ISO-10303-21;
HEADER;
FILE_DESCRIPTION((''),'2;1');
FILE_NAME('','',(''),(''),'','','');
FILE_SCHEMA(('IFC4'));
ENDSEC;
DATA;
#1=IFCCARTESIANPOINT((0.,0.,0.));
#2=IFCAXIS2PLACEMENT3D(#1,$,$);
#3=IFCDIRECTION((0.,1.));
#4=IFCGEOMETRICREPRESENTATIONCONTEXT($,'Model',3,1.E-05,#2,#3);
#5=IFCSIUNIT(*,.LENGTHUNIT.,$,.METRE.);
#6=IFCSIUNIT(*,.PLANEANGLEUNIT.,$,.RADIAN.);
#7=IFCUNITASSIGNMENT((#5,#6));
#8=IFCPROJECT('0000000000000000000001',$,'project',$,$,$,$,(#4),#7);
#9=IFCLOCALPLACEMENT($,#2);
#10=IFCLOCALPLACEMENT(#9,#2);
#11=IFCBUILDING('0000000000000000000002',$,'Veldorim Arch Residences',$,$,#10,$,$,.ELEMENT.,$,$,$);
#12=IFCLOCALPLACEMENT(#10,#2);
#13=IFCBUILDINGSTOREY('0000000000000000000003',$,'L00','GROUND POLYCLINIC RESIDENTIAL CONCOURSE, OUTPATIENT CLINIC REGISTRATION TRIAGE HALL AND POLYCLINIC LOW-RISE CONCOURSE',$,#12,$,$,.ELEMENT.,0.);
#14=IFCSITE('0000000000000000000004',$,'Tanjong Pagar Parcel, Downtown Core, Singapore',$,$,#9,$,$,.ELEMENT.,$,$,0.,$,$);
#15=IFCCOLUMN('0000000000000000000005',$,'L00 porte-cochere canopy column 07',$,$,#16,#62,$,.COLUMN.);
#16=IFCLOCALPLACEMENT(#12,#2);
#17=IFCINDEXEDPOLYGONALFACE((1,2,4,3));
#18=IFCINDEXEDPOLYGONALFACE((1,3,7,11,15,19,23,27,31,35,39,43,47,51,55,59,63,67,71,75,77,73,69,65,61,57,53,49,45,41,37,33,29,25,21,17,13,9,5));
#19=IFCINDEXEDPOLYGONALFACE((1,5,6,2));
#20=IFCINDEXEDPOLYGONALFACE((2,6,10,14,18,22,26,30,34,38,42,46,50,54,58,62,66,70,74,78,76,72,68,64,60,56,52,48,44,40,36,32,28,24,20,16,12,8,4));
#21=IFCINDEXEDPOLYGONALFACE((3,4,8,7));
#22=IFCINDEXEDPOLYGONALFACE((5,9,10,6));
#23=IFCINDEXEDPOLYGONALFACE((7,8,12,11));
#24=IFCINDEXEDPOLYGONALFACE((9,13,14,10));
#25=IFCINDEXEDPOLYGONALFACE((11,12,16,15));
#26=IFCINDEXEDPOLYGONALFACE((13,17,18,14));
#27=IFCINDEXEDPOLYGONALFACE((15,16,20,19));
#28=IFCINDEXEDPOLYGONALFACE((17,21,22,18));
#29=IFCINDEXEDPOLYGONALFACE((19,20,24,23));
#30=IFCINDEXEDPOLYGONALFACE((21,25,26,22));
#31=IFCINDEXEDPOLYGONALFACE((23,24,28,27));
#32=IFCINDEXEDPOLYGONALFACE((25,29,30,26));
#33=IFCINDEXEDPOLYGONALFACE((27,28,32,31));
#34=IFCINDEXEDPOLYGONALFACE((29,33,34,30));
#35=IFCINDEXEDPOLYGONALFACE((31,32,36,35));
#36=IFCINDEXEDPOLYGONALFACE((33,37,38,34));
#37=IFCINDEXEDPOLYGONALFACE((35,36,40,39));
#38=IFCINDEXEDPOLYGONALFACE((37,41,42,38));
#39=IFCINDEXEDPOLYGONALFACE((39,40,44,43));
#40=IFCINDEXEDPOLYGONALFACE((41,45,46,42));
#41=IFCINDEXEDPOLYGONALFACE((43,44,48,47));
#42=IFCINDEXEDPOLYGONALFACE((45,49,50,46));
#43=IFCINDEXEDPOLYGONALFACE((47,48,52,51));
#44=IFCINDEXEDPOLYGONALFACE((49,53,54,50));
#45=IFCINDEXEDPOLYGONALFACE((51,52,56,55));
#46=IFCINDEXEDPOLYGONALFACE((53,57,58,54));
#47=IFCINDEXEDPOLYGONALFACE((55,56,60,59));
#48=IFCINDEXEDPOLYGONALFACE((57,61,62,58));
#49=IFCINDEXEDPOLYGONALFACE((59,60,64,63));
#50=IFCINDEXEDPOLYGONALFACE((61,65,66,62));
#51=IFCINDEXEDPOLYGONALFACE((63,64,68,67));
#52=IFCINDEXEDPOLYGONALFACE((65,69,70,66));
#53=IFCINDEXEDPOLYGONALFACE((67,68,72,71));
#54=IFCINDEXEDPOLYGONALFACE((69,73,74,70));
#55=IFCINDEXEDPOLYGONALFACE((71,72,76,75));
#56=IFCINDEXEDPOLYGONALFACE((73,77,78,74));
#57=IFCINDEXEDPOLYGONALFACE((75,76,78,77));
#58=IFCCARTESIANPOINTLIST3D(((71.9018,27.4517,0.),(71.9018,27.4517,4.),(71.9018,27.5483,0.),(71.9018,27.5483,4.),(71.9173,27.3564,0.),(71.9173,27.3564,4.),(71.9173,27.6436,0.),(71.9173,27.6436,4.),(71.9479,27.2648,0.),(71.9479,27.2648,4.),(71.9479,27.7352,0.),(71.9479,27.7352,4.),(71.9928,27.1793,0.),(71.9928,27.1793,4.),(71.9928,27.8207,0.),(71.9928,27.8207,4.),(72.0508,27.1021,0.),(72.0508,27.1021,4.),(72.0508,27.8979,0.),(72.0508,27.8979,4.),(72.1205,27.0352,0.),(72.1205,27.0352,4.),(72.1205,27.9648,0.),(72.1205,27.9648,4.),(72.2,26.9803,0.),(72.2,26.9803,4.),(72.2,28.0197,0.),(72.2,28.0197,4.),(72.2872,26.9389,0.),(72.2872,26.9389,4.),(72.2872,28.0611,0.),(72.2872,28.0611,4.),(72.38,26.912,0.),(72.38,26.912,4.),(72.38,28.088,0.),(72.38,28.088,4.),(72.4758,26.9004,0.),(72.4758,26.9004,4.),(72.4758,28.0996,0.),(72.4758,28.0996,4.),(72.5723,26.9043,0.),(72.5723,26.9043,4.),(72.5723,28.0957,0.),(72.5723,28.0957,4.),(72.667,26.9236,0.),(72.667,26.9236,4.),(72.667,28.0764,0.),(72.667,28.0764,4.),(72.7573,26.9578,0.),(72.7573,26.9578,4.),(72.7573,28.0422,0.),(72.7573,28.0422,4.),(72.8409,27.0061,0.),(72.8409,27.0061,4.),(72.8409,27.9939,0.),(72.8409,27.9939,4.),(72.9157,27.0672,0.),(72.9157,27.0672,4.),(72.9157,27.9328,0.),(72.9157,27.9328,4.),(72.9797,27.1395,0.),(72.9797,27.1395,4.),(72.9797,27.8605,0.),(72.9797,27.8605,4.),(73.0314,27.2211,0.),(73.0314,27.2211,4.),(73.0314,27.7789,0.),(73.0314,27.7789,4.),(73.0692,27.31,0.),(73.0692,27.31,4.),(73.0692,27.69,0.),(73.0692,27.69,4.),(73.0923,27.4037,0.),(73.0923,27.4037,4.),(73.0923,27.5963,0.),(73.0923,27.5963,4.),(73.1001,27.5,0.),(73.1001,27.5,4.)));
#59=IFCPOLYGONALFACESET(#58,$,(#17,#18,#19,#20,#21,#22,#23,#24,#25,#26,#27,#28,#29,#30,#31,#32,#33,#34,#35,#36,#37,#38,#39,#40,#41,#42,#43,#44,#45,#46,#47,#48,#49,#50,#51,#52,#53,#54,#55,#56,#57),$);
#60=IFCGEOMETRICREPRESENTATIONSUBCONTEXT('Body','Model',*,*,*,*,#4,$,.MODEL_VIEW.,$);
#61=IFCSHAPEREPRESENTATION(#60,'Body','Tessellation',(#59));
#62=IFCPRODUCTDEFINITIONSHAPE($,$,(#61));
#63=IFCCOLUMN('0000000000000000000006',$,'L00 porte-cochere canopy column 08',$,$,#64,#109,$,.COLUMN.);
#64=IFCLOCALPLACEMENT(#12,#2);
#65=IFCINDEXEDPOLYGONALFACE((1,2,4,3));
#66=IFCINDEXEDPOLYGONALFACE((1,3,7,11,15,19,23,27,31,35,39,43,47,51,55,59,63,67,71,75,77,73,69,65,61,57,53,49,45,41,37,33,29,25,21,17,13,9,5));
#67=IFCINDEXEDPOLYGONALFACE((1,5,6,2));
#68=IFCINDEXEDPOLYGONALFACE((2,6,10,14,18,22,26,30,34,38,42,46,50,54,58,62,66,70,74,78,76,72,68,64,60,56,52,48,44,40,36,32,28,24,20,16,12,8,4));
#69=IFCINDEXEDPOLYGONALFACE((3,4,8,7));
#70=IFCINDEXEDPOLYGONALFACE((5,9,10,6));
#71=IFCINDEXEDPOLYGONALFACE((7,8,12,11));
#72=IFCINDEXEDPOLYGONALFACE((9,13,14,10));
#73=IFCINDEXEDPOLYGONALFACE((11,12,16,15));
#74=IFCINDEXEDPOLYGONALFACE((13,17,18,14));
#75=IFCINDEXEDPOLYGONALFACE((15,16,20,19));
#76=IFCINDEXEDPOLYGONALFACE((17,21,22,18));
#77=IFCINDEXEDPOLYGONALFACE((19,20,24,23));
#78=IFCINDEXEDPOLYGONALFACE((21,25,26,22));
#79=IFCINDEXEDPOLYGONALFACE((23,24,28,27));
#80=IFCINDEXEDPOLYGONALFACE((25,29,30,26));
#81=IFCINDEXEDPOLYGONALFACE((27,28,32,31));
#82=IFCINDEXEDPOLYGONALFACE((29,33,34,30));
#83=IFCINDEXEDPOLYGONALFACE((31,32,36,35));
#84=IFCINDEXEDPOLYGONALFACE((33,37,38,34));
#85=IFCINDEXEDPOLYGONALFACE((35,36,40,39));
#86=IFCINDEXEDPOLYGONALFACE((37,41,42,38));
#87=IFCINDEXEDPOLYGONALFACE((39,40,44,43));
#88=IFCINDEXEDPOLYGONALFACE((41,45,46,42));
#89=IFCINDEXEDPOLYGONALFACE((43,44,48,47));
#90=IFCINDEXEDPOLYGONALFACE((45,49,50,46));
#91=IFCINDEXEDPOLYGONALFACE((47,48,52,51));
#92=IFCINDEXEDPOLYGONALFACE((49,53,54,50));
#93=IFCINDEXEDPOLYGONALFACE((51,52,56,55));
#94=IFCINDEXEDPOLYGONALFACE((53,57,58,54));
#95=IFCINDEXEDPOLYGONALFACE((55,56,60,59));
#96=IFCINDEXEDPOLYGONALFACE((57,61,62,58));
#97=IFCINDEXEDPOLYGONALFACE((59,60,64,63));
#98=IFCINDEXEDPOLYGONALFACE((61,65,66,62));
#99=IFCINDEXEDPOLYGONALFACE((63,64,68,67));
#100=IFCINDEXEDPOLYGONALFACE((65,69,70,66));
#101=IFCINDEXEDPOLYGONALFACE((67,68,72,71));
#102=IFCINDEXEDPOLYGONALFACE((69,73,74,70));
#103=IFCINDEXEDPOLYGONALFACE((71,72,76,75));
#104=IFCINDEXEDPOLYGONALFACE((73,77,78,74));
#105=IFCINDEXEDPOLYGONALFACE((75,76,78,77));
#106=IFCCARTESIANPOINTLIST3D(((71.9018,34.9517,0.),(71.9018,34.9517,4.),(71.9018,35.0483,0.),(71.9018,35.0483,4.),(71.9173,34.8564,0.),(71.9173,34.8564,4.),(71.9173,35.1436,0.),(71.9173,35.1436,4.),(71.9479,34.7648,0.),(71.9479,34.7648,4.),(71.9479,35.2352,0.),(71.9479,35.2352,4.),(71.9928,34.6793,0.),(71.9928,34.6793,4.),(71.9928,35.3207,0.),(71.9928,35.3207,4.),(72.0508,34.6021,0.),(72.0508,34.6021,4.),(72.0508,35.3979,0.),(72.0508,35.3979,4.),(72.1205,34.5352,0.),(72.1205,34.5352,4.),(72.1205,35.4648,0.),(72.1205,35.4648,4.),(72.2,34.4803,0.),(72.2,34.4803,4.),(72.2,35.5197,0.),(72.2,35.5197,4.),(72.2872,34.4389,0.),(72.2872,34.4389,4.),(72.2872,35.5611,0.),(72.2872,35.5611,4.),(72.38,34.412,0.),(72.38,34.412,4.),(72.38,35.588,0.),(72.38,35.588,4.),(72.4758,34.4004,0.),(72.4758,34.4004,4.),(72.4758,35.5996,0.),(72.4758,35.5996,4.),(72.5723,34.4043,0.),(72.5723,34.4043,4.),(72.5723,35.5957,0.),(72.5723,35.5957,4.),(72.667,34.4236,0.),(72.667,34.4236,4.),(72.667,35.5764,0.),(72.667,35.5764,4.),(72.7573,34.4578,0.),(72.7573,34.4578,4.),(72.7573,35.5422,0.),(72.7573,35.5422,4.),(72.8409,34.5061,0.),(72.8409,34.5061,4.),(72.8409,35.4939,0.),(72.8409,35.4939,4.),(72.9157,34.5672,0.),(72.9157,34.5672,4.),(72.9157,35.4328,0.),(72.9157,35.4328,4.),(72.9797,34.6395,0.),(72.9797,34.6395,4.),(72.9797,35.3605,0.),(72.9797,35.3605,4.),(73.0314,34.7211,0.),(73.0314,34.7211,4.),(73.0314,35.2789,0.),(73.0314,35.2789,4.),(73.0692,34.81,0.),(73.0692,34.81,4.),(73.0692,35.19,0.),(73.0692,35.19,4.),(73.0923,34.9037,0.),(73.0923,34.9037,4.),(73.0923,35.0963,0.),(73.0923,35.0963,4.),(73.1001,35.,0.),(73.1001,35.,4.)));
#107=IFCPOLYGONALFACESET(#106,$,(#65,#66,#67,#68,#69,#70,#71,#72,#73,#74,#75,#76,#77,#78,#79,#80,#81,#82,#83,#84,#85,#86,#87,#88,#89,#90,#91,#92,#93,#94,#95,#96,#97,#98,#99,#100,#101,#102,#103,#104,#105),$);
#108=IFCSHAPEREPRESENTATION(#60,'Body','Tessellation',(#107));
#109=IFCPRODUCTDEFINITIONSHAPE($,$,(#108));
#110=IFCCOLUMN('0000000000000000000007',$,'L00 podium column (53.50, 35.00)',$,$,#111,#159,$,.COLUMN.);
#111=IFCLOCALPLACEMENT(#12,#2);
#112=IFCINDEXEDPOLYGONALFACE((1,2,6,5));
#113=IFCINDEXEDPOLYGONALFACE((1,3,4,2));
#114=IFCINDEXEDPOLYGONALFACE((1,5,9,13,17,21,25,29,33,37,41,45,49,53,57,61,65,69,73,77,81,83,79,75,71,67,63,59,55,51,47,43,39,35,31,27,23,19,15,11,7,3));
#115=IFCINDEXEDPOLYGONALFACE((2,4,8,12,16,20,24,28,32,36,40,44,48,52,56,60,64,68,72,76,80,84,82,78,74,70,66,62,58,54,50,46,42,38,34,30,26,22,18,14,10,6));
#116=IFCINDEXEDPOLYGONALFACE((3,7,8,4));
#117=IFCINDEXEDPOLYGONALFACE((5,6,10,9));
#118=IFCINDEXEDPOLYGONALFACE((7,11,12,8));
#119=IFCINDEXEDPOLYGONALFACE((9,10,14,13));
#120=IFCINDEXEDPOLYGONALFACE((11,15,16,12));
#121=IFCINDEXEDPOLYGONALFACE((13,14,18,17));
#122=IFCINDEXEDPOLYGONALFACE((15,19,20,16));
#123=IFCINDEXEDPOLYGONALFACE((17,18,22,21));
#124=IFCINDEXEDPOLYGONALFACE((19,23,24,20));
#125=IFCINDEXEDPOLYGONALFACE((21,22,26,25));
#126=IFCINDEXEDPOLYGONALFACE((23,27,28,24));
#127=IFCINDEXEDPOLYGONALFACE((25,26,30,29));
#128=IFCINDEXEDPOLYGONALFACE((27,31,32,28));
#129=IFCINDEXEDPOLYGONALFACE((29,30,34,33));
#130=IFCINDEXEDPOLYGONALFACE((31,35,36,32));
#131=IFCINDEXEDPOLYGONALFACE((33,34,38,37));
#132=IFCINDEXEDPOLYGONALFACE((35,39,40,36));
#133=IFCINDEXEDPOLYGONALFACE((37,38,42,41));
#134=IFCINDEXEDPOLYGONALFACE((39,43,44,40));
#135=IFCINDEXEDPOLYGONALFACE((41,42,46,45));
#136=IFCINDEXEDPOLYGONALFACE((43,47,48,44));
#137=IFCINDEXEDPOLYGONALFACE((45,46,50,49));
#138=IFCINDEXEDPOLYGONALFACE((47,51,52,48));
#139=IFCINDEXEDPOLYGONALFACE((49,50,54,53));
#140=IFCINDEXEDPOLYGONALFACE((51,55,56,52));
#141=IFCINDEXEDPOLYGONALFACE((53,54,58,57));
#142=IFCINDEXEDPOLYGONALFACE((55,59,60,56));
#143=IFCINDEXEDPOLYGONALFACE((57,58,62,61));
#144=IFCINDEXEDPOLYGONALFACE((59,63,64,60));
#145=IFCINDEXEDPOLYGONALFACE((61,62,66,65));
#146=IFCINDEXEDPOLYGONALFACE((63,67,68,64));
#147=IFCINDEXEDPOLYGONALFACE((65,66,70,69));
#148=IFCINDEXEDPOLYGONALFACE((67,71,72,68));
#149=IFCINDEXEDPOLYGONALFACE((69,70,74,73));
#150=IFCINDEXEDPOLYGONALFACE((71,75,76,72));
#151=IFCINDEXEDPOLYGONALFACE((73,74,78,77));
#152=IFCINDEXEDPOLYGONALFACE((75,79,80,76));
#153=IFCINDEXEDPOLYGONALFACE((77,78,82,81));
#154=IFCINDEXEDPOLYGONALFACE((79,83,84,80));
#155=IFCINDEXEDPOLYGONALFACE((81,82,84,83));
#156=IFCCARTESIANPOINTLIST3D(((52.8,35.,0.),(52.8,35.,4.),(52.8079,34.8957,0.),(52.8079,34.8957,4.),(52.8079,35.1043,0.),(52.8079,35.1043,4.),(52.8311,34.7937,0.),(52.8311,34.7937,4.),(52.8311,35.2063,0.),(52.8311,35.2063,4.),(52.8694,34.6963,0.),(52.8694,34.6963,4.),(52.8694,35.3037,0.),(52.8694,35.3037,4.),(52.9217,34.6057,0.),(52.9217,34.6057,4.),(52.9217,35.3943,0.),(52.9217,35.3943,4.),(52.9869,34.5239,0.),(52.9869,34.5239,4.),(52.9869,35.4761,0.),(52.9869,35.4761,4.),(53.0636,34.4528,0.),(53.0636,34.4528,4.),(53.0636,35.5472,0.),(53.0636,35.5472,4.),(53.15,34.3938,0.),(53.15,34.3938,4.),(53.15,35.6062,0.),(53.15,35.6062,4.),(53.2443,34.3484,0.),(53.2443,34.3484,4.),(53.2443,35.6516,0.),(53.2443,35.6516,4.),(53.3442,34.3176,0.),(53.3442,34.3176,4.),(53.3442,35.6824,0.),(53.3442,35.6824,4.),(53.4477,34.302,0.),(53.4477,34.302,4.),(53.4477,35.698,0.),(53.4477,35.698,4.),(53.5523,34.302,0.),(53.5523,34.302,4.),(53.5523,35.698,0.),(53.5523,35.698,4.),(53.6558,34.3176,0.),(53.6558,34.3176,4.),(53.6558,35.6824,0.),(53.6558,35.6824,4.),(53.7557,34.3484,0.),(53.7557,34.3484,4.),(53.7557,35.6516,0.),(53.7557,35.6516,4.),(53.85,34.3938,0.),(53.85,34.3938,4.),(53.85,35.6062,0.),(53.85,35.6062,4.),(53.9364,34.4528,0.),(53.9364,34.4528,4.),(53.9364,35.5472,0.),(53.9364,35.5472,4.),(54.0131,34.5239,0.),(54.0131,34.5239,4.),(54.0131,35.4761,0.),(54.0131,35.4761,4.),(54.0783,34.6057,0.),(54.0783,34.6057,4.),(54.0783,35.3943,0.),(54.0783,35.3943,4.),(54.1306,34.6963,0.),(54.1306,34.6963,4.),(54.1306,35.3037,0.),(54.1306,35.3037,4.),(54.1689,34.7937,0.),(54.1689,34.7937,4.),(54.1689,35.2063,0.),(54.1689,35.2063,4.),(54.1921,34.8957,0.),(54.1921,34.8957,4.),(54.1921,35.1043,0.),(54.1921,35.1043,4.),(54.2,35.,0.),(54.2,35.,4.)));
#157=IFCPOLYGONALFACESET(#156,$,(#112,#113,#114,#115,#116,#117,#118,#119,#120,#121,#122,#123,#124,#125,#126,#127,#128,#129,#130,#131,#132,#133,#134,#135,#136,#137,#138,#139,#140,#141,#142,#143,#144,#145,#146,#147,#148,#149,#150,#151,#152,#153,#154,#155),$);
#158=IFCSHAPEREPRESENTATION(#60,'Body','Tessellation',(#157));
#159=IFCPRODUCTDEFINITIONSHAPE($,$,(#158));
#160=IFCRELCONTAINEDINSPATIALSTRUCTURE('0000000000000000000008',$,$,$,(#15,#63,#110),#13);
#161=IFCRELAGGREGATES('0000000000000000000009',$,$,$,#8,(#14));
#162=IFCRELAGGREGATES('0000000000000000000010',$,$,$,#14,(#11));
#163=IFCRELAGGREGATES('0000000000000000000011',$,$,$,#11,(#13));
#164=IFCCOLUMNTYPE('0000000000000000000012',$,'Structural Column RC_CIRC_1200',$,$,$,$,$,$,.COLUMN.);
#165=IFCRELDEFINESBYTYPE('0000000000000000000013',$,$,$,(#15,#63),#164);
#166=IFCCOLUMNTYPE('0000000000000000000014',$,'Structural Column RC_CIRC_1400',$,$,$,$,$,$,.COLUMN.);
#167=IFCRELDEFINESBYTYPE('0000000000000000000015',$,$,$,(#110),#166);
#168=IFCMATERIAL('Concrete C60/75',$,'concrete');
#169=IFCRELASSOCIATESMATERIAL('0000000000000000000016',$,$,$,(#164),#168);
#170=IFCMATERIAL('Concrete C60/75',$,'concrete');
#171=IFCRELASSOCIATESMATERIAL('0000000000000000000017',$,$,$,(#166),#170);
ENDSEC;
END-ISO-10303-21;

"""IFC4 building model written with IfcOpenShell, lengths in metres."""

from ifc_helpers import new_model, si_unit, direction, frame, origin, origin_2d, place, context, subcontext, project, spatial, circle, extrude, material, material_profile, profile_set, type_object, element, save


model = new_model("IFC4")

# Units and contexts
model_context = context("Model", 3, precision=1e-05, world=origin(), true_north=direction((0.0, 1.0)))
body_context = subcontext(model_context, "Body", "Model", "MODEL_VIEW")
ifc_project = project(units=[si_unit("LENGTHUNIT", "METRE"), si_unit("PLANEANGLEUNIT", "RADIAN")], contexts=[model_context])

# Site, building, storey
site_placement = place(None, origin())
site = spatial("IfcSite", under=ifc_project, at=site_placement, Name="Tanjong Pagar Parcel, Downtown Core, Singapore", CompositionType="ELEMENT", RefElevation=0.0)
building_placement = place(site_placement, origin())
building = spatial("IfcBuilding", under=site, at=building_placement, Name="Veldorim Arch Residences", CompositionType="ELEMENT")
storey_placement = place(building_placement, origin())
storey = spatial("IfcBuildingStorey", under=building, at=storey_placement, Name="L00", Description="GROUND POLYCLINIC RESIDENTIAL CONCOURSE, OUTPATIENT CLINIC REGISTRATION TRIAGE HALL AND POLYCLINIC LOW-RISE CONCOURSE", CompositionType="ELEMENT", Elevation=0.0)

# Columns
ifc_material_1 = material(Name="Concrete C60/75", Category="concrete")
ifc_material_profile_1 = material_profile(ifc_material_1, circle(Radius=0.6001, at=origin_2d()), Name="RC_CIRC_1200")
ifc_profile_set_1 = profile_set([ifc_material_profile_1], Name="Concrete C60/75")
column_type_1 = type_object("IfcColumnType", Name="Structural Column RC_CIRC_1200", PredefinedType="COLUMN", material=ifc_profile_set_1)
for number, where, z_axis, x_axis, name in (
    (1, (72.5, 27.5, 0.0), (0.0, 0.0, 1.0), (1.0, 0.0, 0.0), "L00 porte-cochere canopy column 07"),
    (2, (72.5, 35.0, 0.0), (0.0, 0.0, 1.0), (1.0, 0.0, 0.0), "L00 porte-cochere canopy column 08"),
):
    element("IfcColumn", number, at=place(storey_placement, frame(where, z_axis=z_axis, x_axis=x_axis)), inside=storey, type_object=column_type_1, Name=name, PredefinedType="COLUMN", context=body_context, shape_type="SweptSolid", body=[
        extrude(circle(Radius=0.6001, at=origin_2d()), origin(), (0.0, 0.0, 1.0), 4.0),
    ])
ifc_material_2 = material(Name="Concrete C60/75", Category="concrete")
ifc_material_profile_2 = material_profile(ifc_material_2, circle(Radius=0.7, at=origin_2d()), Name="RC_CIRC_1400")
ifc_profile_set_2 = profile_set([ifc_material_profile_2], Name="Concrete C60/75")
column_type_2 = type_object("IfcColumnType", Name="Structural Column RC_CIRC_1400", PredefinedType="COLUMN", material=ifc_profile_set_2)
for number, where, z_axis, x_axis, name in (
    (3, (53.5, 35.0, 0.0), (0.0, 0.0, 1.0), (1.0, 0.0, 0.0), "L00 podium column (53.50, 35.00)"),
):
    element("IfcColumn", number, at=place(storey_placement, frame(where, z_axis=z_axis, x_axis=x_axis)), inside=storey, type_object=column_type_2, Name=name, PredefinedType="COLUMN", context=body_context, shape_type="SweptSolid", body=[
        extrude(circle(Radius=0.7, at=origin_2d()), origin(), (0.0, 0.0, 1.0), 4.0),
    ])

save(model, "model.ifc")
